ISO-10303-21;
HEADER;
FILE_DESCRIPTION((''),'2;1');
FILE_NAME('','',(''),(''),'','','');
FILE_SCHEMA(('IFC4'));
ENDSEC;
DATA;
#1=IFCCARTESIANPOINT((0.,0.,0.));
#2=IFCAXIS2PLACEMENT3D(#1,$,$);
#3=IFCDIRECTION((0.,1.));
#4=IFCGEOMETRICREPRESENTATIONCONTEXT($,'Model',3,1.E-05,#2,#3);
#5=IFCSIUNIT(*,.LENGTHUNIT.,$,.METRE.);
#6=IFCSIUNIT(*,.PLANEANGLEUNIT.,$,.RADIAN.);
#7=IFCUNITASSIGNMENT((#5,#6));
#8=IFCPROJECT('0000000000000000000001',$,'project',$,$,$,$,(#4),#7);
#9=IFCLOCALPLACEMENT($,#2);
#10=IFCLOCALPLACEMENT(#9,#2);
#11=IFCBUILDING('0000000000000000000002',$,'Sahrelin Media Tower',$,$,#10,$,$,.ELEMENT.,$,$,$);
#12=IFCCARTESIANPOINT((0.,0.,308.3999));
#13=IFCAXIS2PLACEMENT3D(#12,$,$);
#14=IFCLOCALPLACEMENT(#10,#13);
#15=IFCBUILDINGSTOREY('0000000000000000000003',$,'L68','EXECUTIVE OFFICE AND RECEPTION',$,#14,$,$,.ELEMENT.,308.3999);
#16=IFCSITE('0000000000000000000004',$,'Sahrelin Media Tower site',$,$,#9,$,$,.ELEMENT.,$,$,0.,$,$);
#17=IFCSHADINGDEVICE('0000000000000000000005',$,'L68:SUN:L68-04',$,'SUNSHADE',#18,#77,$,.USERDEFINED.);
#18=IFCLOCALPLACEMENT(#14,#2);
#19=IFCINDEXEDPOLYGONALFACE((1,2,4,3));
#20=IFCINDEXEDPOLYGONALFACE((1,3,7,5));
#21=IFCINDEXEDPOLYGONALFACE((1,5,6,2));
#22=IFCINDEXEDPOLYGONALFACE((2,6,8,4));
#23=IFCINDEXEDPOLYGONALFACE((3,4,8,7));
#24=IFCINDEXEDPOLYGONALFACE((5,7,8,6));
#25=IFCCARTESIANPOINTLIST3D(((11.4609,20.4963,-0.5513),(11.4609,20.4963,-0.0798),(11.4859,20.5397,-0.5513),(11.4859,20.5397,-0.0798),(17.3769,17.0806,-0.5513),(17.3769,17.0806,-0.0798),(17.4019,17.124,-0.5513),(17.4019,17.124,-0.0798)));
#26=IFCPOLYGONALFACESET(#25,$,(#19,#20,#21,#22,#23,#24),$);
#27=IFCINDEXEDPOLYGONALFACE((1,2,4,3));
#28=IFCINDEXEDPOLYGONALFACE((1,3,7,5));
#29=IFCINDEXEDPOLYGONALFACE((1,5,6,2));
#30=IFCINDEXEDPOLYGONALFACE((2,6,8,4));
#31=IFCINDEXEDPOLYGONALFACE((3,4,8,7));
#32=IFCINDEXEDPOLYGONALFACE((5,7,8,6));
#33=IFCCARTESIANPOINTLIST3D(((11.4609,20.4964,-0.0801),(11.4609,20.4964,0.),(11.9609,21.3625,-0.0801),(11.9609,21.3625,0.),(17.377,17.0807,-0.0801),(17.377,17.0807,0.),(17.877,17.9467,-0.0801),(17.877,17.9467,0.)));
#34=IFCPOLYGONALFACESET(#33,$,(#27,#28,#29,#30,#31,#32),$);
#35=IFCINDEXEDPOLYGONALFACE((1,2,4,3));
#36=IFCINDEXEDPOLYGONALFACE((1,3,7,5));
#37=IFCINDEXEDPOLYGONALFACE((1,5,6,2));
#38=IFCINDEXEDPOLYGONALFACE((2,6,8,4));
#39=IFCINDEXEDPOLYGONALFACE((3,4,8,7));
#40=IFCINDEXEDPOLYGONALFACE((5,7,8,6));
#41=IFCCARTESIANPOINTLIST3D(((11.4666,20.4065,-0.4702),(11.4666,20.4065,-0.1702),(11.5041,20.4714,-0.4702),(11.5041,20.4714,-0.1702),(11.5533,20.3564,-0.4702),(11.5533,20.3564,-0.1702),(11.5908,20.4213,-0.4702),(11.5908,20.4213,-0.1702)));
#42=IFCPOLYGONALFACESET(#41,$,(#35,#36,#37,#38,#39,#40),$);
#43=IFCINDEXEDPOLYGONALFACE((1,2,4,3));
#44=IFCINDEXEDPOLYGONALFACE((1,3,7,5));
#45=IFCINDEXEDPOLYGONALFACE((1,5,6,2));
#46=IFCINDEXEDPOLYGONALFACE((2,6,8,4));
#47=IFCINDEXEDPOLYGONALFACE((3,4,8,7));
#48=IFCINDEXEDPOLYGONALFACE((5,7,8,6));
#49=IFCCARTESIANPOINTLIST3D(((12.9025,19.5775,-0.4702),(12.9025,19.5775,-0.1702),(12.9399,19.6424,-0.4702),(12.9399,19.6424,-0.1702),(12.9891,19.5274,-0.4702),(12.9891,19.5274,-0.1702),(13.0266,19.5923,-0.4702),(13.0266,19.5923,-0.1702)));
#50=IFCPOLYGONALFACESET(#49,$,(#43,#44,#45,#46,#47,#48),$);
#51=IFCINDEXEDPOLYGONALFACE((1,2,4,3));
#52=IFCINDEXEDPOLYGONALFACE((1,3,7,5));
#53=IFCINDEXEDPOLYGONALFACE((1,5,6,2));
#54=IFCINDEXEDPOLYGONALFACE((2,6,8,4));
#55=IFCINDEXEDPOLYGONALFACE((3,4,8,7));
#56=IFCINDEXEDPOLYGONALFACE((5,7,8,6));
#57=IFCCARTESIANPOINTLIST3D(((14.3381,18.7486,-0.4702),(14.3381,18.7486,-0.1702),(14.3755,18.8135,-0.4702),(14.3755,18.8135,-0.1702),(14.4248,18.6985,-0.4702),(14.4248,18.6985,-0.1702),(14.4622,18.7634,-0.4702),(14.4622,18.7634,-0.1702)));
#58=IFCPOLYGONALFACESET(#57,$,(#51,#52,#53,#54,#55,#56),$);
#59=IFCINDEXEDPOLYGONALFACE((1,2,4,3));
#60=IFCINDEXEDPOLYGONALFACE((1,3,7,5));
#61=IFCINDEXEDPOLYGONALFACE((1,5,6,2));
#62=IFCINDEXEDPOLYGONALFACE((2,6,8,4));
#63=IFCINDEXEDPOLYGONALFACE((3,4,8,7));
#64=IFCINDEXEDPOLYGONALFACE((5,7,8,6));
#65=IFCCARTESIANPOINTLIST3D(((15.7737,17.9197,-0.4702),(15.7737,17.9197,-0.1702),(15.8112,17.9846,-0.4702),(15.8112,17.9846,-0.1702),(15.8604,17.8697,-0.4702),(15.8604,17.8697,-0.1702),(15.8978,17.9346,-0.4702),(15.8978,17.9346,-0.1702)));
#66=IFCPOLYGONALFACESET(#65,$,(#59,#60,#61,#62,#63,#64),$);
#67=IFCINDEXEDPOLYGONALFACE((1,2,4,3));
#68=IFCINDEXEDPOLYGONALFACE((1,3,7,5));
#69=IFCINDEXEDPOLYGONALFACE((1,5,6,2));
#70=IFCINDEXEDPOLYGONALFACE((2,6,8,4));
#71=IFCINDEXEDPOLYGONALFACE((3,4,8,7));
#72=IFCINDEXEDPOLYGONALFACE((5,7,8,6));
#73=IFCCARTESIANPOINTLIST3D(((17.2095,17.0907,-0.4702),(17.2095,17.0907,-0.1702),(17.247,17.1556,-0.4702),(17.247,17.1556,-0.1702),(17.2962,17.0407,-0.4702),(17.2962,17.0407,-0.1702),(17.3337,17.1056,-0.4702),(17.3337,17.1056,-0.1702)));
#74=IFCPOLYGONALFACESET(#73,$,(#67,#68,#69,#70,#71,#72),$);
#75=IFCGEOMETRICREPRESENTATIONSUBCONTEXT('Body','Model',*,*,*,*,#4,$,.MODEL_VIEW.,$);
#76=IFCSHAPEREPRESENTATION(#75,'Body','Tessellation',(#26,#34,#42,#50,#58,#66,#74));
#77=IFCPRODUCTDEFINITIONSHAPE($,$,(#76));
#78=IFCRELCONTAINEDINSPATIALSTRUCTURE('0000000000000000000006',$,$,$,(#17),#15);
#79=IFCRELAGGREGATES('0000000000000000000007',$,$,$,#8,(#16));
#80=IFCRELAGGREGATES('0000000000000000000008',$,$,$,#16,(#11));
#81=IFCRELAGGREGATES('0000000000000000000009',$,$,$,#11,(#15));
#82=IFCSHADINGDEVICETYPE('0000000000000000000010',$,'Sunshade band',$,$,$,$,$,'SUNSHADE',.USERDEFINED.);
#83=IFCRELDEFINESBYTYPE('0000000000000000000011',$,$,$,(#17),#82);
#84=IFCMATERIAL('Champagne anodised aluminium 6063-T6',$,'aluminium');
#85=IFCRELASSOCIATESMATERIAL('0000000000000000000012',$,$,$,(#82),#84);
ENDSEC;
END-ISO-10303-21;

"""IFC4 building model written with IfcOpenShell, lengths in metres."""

from ifc_helpers import new_model, si_unit, direction, frame, origin, origin_2d, place, context, subcontext, project, spatial, rectangle, extrude, material, type_object, element, save


model = new_model("IFC4")

# Units and contexts
model_context = context("Model", 3, precision=1e-05, world=origin(), true_north=direction((0.0, 1.0)))
body_context = subcontext(model_context, "Body", "Model", "MODEL_VIEW")
ifc_project = project(units=[si_unit("LENGTHUNIT", "METRE"), si_unit("PLANEANGLEUNIT", "RADIAN")], contexts=[model_context])

# Site, building, storey
site_placement = place(None, origin())
site = spatial("IfcSite", under=ifc_project, at=site_placement, Name="Sahrelin Media Tower site", CompositionType="ELEMENT", RefElevation=0.0)
building_placement = place(site_placement, origin())
building = spatial("IfcBuilding", under=site, at=building_placement, Name="Sahrelin Media Tower", CompositionType="ELEMENT")
storey_placement = place(building_placement, frame((0.0, 0.0, 308.3999)))
storey = spatial("IfcBuildingStorey", under=building, at=storey_placement, Name="L68", Description="EXECUTIVE OFFICE AND RECEPTION", CompositionType="ELEMENT", Elevation=308.3999)

# Shared definitions
ifc_material_1 = material(Name="Champagne anodised aluminium 6063-T6", Category="aluminium")

# Shading device
placement_1 = place(storey_placement, frame((14.4089, 18.7712, 0.0), z_axis=(0.0, 0.0, 1.0), x_axis=(0.866019, -0.500011, 0.0)))
shading_device_type_1 = type_object("IfcShadingDeviceType", Name="Sunshade band", ElementType="SUNSHADE", PredefinedType="USERDEFINED", material=ifc_material_1)
element("IfcShadingDevice", 1, at=placement_1, inside=storey, type_object=shading_device_type_1, Name="L68:SUN:L68-04", ObjectType="SUNSHADE", PredefinedType="USERDEFINED", context=body_context, shape_type="SweptSolid", body=[
    extrude(rectangle(XDim=6.8313, YDim=0.05, at=origin_2d()), frame((0.0, 0.0449, -0.5513)), (0.0, 0.0, 1.0), 0.4714),
    extrude(rectangle(XDim=6.8313, YDim=1.0, at=origin_2d()), frame((0.0, 0.52, -0.0801)), (0.0, 0.0, 1.0), 0.0801),
    extrude(rectangle(XDim=0.1001, YDim=0.075, at=origin_2d()), frame((-3.3157, -0.0176, -0.4702)), (0.0, 0.0, 1.0), 0.3),
    extrude(rectangle(XDim=0.1001, YDim=0.075, at=origin_2d()), frame((-1.6577, -0.0176, -0.4702)), (0.0, 0.0, 1.0), 0.3),
    extrude(rectangle(XDim=0.1001, YDim=0.075, at=origin_2d()), frame((0.0, -0.0176, -0.4702)), (0.0, 0.0, 1.0), 0.3),
    extrude(rectangle(XDim=0.1001, YDim=0.075, at=origin_2d()), frame((1.6577, -0.0176, -0.4702)), (0.0, 0.0, 1.0), 0.3),
    extrude(rectangle(XDim=0.1001, YDim=0.075, at=origin_2d()), frame((3.3157, -0.0176, -0.4702)), (0.0, 0.0, 1.0), 0.3),
])

save(model, "model.ifc")
